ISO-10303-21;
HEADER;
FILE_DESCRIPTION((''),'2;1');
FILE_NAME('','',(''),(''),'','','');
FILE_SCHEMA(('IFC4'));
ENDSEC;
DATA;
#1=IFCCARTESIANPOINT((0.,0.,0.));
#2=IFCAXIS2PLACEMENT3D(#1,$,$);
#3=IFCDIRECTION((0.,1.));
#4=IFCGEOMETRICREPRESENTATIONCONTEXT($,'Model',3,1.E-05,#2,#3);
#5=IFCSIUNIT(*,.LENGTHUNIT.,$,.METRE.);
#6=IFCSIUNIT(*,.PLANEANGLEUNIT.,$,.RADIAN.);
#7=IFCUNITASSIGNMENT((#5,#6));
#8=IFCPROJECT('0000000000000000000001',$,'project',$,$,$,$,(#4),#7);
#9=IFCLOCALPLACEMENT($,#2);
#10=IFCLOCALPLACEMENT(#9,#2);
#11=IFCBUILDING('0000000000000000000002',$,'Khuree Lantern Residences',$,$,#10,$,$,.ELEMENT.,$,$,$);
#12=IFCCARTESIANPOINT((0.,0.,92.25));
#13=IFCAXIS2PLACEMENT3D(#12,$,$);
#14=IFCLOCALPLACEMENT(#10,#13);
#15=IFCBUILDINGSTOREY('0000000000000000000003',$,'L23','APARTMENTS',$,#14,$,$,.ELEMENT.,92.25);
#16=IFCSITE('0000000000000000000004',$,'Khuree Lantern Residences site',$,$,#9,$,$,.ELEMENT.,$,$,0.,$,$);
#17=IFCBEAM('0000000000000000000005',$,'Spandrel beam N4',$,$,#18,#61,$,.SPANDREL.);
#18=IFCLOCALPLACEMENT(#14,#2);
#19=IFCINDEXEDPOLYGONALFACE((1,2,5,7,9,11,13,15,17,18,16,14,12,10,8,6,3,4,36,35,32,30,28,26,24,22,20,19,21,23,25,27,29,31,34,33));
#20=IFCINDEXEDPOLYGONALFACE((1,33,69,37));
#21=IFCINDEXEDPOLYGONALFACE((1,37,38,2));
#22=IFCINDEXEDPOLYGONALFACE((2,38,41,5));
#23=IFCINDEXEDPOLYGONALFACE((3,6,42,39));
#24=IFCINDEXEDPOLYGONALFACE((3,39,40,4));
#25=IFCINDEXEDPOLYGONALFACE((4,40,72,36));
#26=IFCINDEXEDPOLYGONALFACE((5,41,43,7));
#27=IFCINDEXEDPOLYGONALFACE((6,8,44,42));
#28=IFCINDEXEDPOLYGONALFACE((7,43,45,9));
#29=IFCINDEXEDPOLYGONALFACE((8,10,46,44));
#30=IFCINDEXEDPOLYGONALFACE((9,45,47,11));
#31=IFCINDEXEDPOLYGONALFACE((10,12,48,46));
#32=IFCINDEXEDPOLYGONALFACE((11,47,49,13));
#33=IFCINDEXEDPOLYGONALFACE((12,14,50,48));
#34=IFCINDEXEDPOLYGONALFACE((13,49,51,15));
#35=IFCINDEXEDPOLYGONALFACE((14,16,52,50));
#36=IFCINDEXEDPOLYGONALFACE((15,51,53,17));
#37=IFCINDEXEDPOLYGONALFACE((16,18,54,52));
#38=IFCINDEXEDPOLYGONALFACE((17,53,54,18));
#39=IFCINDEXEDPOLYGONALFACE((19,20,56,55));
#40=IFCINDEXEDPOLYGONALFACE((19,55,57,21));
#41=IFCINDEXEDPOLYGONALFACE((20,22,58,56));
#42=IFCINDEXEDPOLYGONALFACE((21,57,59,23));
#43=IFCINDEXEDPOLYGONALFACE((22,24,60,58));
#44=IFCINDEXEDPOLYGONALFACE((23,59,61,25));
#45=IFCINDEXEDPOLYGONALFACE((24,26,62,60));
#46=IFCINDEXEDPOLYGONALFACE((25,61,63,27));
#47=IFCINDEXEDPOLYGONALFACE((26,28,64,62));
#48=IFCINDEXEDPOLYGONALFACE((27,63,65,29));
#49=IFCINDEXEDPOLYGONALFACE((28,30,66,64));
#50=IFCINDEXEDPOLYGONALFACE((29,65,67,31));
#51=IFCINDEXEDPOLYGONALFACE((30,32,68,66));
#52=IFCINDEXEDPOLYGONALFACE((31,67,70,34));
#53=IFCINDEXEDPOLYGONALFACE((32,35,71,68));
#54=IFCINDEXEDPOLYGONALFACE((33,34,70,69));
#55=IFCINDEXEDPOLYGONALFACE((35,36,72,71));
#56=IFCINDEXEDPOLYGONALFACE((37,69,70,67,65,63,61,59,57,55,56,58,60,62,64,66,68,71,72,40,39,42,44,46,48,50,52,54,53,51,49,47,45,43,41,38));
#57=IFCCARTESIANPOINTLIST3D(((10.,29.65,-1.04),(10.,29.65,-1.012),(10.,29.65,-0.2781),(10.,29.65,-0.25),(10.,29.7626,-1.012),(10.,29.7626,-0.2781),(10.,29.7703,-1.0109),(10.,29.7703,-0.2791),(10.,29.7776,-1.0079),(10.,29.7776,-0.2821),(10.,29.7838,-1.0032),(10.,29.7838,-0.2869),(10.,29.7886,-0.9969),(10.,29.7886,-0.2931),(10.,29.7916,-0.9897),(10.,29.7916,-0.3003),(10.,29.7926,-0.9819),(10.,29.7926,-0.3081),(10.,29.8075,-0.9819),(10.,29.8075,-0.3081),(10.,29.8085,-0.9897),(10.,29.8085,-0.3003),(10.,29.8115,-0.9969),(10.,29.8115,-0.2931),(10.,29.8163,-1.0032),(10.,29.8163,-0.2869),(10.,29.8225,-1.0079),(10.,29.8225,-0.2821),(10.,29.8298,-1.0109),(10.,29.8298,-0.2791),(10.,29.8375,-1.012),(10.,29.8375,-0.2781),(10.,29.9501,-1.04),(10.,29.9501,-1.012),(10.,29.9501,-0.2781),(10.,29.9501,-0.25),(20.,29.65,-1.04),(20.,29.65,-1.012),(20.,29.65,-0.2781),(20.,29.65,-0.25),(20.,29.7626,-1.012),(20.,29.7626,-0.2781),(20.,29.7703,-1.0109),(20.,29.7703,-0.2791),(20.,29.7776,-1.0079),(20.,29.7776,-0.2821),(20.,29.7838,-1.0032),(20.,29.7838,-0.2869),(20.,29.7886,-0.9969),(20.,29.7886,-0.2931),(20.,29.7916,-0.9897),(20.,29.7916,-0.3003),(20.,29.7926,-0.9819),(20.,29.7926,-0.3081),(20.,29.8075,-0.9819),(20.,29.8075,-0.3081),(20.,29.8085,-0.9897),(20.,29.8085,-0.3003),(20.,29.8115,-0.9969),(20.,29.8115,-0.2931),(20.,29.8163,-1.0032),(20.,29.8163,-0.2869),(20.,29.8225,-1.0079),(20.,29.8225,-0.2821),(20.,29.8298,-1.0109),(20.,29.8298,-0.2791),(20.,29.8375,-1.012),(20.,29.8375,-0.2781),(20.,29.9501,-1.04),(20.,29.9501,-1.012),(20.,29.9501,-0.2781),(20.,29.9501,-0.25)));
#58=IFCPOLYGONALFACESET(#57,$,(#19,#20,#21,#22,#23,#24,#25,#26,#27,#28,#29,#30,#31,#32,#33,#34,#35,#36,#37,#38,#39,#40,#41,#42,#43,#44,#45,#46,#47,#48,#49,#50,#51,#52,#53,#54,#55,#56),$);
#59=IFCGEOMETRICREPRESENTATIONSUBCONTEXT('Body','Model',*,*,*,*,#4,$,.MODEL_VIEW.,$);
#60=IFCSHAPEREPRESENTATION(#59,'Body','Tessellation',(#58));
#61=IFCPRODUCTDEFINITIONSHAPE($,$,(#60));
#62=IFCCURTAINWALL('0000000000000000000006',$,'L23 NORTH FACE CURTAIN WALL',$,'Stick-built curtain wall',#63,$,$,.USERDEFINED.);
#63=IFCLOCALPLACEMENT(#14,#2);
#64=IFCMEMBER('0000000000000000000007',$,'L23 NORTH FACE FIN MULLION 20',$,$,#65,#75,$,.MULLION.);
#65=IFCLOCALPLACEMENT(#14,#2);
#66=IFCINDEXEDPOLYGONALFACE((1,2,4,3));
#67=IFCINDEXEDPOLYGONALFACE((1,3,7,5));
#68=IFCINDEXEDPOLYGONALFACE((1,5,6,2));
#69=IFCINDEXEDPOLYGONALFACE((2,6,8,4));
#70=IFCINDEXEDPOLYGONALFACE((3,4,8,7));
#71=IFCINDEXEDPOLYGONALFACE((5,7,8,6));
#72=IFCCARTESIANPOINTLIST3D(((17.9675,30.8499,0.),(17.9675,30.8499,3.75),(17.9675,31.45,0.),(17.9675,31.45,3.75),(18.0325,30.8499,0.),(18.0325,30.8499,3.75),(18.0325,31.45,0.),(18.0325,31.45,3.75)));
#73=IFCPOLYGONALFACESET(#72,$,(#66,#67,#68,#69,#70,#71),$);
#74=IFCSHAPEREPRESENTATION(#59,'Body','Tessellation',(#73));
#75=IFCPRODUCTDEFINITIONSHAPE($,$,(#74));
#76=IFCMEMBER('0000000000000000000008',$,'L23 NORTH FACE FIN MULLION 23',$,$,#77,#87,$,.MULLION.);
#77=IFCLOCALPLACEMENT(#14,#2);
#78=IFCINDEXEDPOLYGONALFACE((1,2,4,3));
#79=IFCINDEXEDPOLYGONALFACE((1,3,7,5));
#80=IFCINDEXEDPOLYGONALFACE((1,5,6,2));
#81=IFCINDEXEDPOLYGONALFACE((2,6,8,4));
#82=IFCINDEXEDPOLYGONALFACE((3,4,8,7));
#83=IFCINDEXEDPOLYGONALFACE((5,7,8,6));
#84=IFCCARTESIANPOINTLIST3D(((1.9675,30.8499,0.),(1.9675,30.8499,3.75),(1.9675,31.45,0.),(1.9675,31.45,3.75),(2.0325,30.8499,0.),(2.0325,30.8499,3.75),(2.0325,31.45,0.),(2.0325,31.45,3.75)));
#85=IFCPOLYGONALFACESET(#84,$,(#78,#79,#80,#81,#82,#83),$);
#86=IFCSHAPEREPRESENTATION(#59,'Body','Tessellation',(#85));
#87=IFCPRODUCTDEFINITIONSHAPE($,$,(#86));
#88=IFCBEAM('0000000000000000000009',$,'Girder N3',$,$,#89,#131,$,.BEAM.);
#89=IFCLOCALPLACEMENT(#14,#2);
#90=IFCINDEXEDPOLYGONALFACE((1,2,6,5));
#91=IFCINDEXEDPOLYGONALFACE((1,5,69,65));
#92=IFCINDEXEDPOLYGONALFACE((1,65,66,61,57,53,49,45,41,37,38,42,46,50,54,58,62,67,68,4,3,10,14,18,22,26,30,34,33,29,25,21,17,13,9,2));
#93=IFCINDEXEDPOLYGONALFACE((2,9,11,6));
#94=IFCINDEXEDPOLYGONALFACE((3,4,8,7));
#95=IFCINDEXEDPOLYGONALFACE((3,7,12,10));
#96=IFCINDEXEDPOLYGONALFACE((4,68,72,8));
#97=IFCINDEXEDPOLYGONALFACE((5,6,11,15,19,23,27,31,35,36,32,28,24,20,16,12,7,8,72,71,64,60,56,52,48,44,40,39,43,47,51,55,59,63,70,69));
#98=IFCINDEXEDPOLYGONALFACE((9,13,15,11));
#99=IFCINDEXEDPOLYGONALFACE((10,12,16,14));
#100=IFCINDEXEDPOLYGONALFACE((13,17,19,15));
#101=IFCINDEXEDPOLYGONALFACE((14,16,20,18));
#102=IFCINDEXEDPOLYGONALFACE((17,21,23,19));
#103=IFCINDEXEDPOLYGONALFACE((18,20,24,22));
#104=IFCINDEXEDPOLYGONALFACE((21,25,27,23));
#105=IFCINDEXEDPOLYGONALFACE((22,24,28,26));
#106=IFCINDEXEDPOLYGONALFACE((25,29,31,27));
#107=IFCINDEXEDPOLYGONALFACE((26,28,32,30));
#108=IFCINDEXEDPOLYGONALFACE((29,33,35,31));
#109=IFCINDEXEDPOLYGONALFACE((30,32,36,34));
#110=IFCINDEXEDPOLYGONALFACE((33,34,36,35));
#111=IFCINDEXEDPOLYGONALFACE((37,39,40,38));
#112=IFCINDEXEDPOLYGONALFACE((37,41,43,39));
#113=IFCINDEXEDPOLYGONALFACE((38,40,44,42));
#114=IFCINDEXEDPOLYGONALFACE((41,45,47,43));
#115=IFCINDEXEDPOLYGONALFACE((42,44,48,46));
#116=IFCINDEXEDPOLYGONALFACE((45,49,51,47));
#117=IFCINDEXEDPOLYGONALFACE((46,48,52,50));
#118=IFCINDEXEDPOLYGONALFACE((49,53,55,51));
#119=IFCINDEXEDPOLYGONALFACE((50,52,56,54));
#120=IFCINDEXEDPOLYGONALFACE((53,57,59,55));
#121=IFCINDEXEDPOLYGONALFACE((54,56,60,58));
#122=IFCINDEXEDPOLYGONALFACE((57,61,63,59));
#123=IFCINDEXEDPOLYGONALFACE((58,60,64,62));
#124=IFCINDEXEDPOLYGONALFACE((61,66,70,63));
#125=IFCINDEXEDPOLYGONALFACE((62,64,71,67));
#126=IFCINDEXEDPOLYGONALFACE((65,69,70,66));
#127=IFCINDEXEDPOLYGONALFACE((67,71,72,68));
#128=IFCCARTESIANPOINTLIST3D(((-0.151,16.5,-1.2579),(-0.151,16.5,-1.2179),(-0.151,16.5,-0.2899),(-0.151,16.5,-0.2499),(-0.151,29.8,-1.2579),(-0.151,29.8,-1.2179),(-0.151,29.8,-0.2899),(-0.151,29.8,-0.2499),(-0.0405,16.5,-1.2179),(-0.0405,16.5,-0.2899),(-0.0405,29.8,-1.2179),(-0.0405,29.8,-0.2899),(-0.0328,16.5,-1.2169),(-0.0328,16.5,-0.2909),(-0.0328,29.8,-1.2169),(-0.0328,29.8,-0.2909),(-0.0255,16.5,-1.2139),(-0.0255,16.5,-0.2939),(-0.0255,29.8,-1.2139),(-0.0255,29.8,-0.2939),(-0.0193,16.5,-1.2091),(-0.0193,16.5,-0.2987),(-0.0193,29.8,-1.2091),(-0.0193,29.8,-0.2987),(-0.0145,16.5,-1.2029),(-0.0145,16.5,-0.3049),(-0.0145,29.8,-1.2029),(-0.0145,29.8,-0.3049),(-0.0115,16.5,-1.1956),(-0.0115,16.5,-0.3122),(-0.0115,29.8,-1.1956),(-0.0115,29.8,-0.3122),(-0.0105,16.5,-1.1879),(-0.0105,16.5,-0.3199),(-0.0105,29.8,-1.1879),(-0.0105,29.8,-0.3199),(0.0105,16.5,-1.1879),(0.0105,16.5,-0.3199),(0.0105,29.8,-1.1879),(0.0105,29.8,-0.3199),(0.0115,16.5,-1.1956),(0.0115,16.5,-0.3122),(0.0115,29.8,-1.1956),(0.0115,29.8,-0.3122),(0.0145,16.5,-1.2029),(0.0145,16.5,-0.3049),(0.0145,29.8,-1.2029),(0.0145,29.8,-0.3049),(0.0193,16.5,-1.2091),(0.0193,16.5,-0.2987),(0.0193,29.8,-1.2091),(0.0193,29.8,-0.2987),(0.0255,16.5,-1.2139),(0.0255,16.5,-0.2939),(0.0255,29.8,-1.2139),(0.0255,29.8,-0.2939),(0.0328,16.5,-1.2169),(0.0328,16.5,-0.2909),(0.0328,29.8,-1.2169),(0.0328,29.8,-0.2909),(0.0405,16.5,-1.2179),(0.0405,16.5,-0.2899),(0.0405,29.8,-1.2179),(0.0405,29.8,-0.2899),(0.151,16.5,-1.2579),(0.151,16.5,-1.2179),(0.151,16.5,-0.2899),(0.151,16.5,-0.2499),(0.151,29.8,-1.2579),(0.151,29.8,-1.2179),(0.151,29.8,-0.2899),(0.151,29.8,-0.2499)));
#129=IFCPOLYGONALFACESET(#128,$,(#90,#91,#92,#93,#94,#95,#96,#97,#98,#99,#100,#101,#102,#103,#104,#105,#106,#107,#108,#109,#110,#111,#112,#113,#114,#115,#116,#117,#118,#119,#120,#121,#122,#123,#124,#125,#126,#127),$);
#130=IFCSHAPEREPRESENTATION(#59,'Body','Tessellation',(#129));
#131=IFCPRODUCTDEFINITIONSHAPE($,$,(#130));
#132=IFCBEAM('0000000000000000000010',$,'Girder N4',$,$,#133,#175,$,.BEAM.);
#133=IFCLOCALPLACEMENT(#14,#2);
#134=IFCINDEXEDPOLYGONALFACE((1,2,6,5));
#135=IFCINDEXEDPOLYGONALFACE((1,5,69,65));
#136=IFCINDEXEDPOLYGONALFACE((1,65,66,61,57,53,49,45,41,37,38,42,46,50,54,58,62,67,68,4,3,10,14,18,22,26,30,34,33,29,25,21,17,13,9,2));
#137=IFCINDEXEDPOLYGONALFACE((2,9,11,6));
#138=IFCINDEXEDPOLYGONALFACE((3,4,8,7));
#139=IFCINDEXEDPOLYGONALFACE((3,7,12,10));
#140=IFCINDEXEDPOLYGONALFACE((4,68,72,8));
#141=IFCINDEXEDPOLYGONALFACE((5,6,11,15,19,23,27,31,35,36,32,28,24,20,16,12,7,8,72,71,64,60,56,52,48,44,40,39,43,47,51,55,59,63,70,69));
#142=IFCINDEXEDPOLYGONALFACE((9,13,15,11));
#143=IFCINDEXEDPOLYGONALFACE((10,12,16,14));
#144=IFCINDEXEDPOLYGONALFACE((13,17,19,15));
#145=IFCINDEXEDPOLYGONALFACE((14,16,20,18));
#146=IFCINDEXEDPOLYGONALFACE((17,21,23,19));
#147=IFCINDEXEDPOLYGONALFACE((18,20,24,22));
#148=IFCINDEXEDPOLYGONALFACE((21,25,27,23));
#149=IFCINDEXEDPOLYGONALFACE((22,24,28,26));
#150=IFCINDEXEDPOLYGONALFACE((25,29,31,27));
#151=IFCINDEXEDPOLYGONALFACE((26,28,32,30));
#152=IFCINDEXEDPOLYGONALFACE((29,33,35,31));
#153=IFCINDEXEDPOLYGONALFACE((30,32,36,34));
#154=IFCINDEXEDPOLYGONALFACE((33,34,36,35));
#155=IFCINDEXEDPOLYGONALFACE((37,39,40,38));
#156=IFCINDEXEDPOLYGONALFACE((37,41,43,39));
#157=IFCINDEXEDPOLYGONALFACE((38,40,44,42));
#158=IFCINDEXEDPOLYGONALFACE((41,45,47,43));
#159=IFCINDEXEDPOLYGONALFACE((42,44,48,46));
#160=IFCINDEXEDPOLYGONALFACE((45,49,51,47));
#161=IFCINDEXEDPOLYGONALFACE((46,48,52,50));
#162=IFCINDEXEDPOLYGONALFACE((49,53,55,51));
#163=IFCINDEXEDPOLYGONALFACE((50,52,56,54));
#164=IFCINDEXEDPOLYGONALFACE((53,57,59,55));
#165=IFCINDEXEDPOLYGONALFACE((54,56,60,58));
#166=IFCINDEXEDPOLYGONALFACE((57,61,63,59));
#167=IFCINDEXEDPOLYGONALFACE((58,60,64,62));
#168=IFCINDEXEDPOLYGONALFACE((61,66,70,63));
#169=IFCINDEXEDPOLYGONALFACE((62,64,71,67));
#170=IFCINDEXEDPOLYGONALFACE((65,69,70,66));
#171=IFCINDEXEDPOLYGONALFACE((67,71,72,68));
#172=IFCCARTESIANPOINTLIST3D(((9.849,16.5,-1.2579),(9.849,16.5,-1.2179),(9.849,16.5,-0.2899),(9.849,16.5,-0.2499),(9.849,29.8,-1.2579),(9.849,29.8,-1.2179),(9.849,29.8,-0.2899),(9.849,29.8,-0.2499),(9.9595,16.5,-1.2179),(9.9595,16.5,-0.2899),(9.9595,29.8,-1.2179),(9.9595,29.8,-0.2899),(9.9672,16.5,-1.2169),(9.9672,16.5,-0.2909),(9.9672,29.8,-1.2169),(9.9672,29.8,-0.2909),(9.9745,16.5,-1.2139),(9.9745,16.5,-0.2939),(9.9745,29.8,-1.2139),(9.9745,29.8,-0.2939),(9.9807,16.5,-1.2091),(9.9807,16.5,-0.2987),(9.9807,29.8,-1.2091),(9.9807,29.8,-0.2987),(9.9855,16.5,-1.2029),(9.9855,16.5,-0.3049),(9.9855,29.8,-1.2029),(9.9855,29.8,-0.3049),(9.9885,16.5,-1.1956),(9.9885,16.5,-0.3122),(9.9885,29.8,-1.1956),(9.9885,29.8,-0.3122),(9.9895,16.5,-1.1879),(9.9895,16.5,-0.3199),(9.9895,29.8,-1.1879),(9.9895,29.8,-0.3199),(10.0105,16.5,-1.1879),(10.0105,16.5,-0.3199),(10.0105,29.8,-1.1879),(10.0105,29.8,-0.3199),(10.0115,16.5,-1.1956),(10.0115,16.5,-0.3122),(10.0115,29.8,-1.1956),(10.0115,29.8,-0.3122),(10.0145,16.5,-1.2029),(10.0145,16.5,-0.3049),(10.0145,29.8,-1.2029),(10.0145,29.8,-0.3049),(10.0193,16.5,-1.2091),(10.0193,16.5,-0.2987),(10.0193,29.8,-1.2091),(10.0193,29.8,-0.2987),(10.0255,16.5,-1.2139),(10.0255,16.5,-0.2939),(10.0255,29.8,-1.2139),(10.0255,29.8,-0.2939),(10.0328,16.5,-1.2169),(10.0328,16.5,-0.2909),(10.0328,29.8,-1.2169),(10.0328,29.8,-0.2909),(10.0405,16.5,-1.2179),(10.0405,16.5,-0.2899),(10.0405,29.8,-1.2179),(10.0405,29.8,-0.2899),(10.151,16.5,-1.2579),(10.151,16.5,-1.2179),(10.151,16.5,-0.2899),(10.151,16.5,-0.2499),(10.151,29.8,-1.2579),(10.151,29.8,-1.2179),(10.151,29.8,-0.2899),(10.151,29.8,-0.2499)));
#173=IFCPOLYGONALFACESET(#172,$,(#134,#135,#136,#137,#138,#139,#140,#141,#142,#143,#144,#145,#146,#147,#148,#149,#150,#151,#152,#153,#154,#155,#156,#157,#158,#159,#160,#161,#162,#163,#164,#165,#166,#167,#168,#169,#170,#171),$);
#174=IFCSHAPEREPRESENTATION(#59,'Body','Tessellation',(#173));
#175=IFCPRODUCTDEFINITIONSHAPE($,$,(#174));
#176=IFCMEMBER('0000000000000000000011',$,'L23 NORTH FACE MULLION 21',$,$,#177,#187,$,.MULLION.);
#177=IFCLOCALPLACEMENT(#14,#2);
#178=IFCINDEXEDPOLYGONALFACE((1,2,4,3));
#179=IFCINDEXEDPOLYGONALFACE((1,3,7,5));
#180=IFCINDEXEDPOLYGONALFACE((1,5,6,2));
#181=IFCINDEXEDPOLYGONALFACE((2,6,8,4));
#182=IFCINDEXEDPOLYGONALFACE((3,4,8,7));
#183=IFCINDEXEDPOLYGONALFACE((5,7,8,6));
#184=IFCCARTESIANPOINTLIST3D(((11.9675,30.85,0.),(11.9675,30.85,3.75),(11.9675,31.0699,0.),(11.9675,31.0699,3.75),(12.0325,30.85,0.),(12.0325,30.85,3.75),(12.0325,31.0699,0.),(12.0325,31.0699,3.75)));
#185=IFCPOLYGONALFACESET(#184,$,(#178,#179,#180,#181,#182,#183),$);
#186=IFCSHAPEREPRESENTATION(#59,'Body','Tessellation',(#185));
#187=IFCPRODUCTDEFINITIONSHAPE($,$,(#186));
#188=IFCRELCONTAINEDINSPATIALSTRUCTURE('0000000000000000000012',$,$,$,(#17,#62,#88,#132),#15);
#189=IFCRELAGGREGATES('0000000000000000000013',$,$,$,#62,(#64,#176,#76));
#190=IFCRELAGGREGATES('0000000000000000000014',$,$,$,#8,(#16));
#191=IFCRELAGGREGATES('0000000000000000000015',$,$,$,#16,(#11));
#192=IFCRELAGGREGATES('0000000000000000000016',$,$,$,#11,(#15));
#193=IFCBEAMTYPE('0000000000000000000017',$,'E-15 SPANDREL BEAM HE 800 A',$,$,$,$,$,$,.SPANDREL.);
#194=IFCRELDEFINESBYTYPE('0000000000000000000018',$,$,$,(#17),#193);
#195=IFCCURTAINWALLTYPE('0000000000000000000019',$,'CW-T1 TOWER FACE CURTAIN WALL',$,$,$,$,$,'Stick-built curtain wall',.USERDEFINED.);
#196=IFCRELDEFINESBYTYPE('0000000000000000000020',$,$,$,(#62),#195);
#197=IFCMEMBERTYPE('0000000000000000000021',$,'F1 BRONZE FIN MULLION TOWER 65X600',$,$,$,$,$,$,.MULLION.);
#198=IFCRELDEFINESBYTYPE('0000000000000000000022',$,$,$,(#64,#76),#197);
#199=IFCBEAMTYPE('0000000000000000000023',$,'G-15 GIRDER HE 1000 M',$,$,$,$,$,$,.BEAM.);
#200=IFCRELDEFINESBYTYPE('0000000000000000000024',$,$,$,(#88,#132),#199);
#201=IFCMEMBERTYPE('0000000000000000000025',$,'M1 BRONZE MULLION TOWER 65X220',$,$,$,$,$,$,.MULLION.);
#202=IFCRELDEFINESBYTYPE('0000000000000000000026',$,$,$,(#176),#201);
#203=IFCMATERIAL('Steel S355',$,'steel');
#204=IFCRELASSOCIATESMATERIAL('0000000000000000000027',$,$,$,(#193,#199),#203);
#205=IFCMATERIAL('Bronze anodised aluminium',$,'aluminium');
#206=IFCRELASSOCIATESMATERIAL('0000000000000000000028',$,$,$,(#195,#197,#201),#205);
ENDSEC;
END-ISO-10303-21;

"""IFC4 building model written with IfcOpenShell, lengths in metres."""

from ifc_helpers import new_model, si_unit, direction, frame, origin, origin_2d, place, context, subcontext, project, spatial, rectangle, i_section, extrude, material, material_profile, profile_set, type_object, element, aggregate, save


model = new_model("IFC4")

# Units and contexts
model_context = context("Model", 3, precision=1e-05, world=origin(), true_north=direction((0.0, 1.0)))
body_context = subcontext(model_context, "Body", "Model", "MODEL_VIEW")
ifc_project = project(units=[si_unit("LENGTHUNIT", "METRE"), si_unit("PLANEANGLEUNIT", "RADIAN")], contexts=[model_context])

# Site, building, storey
site_placement = place(None, origin())
site = spatial("IfcSite", under=ifc_project, at=site_placement, Name="Khuree Lantern Residences site", CompositionType="ELEMENT", RefElevation=0.0)
building_placement = place(site_placement, origin())
building = spatial("IfcBuilding", under=site, at=building_placement, Name="Khuree Lantern Residences", CompositionType="ELEMENT")
storey_placement = place(building_placement, frame((0.0, 0.0, 92.25)))
storey = spatial("IfcBuildingStorey", under=building, at=storey_placement, Name="L23", Description="APARTMENTS", CompositionType="ELEMENT", Elevation=92.25)

# Beam
ifc_material_1 = material(Name="Steel S355", Category="steel")
ifc_material_profile_1 = material_profile(ifc_material_1, i_section(OverallWidth=0.3, OverallDepth=0.79, WebThickness=0.0149, FlangeThickness=0.0281, FilletRadius=0.03, at=origin_2d()), Name="HE 800 A")
ifc_profile_set_1 = profile_set([ifc_material_profile_1], Name="Steel S355")
beam_type_1 = type_object("IfcBeamType", Name="E-15 SPANDREL BEAM HE 800 A", PredefinedType="SPANDREL", material=ifc_profile_set_1)
for number, where, z_axis, x_axis, name in (
    (1, (10.0, 29.8, -0.645), (1.0, 0.0, 0.0), (0.0, 1.0, 0.0), "Spandrel beam N4"),
):
    element("IfcBeam", number, at=place(storey_placement, frame(where, z_axis=z_axis, x_axis=x_axis)), inside=storey, type_object=beam_type_1, Name=name, PredefinedType="SPANDREL", context=body_context, shape_type="SweptSolid", body=[
        extrude(i_section(OverallWidth=0.3, OverallDepth=0.79, WebThickness=0.0149, FlangeThickness=0.0281, FilletRadius=0.03, at=origin_2d()), origin(), (0.0, 0.0, 1.0), 10.0),
    ])

# Curtain wall, members
ifc_material_2 = material(Name="Bronze anodised aluminium", Category="aluminium")
curtain_wall_type = type_object("IfcCurtainWallType", Name="CW-T1 TOWER FACE CURTAIN WALL", ElementType="Stick-built curtain wall", PredefinedType="USERDEFINED", material=ifc_material_2)
curtain_wall_placement = place(storey_placement, origin())
curtain_wall = element("IfcCurtainWall", 2, at=curtain_wall_placement, inside=storey, type_object=curtain_wall_type, Name="L23 NORTH FACE CURTAIN WALL", ObjectType="Stick-built curtain wall", PredefinedType="USERDEFINED")
ifc_material_profile_2 = material_profile(ifc_material_2, rectangle(XDim=0.0649, YDim=0.6001, at=origin_2d()), Name="F1 65X600")
ifc_profile_set_2 = profile_set([ifc_material_profile_2], Name="Bronze anodised aluminium")
member_type_1 = type_object("IfcMemberType", Name="F1 BRONZE FIN MULLION TOWER 65X600", PredefinedType="MULLION", material=ifc_profile_set_2)
member_1_placement = place(storey_placement, frame((18.0, 31.1499, 0.0), z_axis=(0.0, 0.0, 1.0), x_axis=(-1.0, 0.0, 0.0)))
member_1 = element("IfcMember", 3, at=member_1_placement, type_object=member_type_1, Name="L23 NORTH FACE FIN MULLION 20", PredefinedType="MULLION", context=body_context, shape_type="SweptSolid", body=[
    extrude(rectangle(XDim=0.0649, YDim=0.6001, at=origin_2d()), origin(), (0.0, 0.0, 1.0), 3.75),
])
member_2_placement = place(storey_placement, frame((2.0, 31.1499, 0.0), z_axis=(0.0, 0.0, 1.0), x_axis=(-1.0, 0.0, 0.0)))
member_2 = element("IfcMember", 4, at=member_2_placement, type_object=member_type_1, Name="L23 NORTH FACE FIN MULLION 23", PredefinedType="MULLION", context=body_context, shape_type="SweptSolid", body=[
    extrude(rectangle(XDim=0.0649, YDim=0.6001, at=origin_2d()), origin(), (0.0, 0.0, 1.0), 3.75),
])

# Beams
ifc_material_profile_3 = material_profile(ifc_material_1, i_section(OverallWidth=0.302, OverallDepth=1.0081, WebThickness=0.021, FlangeThickness=0.04, FilletRadius=0.03, at=origin_2d()), Name="HE 1000 M")
ifc_profile_set_3 = profile_set([ifc_material_profile_3], Name="Steel S355")
beam_type_2 = type_object("IfcBeamType", Name="G-15 GIRDER HE 1000 M", PredefinedType="BEAM", material=ifc_profile_set_3)
for number, where, z_axis, x_axis, name in (
    (5, (0.0, 29.8, -0.7539), (0.0, -1.0, 0.0), (1.0, 0.0, 0.0), "Girder N3"),
    (6, (10.0, 29.8, -0.7539), (0.0, -1.0, 0.0), (1.0, 0.0, 0.0), "Girder N4"),
):
    element("IfcBeam", number, at=place(storey_placement, frame(where, z_axis=z_axis, x_axis=x_axis)), inside=storey, type_object=beam_type_2, Name=name, PredefinedType="BEAM", context=body_context, shape_type="SweptSolid", body=[
        extrude(i_section(OverallWidth=0.302, OverallDepth=1.0081, WebThickness=0.021, FlangeThickness=0.04, FilletRadius=0.03, at=origin_2d()), origin(), (0.0, 0.0, 1.0), 13.3),
    ])

# Member
ifc_material_profile_4 = material_profile(ifc_material_2, rectangle(XDim=0.0649, YDim=0.22, at=origin_2d()), Name="M1 65X220")
ifc_profile_set_4 = profile_set([ifc_material_profile_4], Name="Bronze anodised aluminium")
member_type_2 = type_object("IfcMemberType", Name="M1 BRONZE MULLION TOWER 65X220", PredefinedType="MULLION", material=ifc_profile_set_4)
member_3_placement = place(storey_placement, frame((12.0, 30.96, 0.0), z_axis=(0.0, 0.0, 1.0), x_axis=(-1.0, 0.0, 0.0)))
member_3 = element("IfcMember", 7, at=member_3_placement, type_object=member_type_2, Name="L23 NORTH FACE MULLION 21", PredefinedType="MULLION", context=body_context, shape_type="SweptSolid", body=[
    extrude(rectangle(XDim=0.0649, YDim=0.22, at=origin_2d()), origin(), (0.0, 0.0, 1.0), 3.75),
])

aggregate(curtain_wall, [member_1, member_3, member_2])

save(model, "model.ifc")
